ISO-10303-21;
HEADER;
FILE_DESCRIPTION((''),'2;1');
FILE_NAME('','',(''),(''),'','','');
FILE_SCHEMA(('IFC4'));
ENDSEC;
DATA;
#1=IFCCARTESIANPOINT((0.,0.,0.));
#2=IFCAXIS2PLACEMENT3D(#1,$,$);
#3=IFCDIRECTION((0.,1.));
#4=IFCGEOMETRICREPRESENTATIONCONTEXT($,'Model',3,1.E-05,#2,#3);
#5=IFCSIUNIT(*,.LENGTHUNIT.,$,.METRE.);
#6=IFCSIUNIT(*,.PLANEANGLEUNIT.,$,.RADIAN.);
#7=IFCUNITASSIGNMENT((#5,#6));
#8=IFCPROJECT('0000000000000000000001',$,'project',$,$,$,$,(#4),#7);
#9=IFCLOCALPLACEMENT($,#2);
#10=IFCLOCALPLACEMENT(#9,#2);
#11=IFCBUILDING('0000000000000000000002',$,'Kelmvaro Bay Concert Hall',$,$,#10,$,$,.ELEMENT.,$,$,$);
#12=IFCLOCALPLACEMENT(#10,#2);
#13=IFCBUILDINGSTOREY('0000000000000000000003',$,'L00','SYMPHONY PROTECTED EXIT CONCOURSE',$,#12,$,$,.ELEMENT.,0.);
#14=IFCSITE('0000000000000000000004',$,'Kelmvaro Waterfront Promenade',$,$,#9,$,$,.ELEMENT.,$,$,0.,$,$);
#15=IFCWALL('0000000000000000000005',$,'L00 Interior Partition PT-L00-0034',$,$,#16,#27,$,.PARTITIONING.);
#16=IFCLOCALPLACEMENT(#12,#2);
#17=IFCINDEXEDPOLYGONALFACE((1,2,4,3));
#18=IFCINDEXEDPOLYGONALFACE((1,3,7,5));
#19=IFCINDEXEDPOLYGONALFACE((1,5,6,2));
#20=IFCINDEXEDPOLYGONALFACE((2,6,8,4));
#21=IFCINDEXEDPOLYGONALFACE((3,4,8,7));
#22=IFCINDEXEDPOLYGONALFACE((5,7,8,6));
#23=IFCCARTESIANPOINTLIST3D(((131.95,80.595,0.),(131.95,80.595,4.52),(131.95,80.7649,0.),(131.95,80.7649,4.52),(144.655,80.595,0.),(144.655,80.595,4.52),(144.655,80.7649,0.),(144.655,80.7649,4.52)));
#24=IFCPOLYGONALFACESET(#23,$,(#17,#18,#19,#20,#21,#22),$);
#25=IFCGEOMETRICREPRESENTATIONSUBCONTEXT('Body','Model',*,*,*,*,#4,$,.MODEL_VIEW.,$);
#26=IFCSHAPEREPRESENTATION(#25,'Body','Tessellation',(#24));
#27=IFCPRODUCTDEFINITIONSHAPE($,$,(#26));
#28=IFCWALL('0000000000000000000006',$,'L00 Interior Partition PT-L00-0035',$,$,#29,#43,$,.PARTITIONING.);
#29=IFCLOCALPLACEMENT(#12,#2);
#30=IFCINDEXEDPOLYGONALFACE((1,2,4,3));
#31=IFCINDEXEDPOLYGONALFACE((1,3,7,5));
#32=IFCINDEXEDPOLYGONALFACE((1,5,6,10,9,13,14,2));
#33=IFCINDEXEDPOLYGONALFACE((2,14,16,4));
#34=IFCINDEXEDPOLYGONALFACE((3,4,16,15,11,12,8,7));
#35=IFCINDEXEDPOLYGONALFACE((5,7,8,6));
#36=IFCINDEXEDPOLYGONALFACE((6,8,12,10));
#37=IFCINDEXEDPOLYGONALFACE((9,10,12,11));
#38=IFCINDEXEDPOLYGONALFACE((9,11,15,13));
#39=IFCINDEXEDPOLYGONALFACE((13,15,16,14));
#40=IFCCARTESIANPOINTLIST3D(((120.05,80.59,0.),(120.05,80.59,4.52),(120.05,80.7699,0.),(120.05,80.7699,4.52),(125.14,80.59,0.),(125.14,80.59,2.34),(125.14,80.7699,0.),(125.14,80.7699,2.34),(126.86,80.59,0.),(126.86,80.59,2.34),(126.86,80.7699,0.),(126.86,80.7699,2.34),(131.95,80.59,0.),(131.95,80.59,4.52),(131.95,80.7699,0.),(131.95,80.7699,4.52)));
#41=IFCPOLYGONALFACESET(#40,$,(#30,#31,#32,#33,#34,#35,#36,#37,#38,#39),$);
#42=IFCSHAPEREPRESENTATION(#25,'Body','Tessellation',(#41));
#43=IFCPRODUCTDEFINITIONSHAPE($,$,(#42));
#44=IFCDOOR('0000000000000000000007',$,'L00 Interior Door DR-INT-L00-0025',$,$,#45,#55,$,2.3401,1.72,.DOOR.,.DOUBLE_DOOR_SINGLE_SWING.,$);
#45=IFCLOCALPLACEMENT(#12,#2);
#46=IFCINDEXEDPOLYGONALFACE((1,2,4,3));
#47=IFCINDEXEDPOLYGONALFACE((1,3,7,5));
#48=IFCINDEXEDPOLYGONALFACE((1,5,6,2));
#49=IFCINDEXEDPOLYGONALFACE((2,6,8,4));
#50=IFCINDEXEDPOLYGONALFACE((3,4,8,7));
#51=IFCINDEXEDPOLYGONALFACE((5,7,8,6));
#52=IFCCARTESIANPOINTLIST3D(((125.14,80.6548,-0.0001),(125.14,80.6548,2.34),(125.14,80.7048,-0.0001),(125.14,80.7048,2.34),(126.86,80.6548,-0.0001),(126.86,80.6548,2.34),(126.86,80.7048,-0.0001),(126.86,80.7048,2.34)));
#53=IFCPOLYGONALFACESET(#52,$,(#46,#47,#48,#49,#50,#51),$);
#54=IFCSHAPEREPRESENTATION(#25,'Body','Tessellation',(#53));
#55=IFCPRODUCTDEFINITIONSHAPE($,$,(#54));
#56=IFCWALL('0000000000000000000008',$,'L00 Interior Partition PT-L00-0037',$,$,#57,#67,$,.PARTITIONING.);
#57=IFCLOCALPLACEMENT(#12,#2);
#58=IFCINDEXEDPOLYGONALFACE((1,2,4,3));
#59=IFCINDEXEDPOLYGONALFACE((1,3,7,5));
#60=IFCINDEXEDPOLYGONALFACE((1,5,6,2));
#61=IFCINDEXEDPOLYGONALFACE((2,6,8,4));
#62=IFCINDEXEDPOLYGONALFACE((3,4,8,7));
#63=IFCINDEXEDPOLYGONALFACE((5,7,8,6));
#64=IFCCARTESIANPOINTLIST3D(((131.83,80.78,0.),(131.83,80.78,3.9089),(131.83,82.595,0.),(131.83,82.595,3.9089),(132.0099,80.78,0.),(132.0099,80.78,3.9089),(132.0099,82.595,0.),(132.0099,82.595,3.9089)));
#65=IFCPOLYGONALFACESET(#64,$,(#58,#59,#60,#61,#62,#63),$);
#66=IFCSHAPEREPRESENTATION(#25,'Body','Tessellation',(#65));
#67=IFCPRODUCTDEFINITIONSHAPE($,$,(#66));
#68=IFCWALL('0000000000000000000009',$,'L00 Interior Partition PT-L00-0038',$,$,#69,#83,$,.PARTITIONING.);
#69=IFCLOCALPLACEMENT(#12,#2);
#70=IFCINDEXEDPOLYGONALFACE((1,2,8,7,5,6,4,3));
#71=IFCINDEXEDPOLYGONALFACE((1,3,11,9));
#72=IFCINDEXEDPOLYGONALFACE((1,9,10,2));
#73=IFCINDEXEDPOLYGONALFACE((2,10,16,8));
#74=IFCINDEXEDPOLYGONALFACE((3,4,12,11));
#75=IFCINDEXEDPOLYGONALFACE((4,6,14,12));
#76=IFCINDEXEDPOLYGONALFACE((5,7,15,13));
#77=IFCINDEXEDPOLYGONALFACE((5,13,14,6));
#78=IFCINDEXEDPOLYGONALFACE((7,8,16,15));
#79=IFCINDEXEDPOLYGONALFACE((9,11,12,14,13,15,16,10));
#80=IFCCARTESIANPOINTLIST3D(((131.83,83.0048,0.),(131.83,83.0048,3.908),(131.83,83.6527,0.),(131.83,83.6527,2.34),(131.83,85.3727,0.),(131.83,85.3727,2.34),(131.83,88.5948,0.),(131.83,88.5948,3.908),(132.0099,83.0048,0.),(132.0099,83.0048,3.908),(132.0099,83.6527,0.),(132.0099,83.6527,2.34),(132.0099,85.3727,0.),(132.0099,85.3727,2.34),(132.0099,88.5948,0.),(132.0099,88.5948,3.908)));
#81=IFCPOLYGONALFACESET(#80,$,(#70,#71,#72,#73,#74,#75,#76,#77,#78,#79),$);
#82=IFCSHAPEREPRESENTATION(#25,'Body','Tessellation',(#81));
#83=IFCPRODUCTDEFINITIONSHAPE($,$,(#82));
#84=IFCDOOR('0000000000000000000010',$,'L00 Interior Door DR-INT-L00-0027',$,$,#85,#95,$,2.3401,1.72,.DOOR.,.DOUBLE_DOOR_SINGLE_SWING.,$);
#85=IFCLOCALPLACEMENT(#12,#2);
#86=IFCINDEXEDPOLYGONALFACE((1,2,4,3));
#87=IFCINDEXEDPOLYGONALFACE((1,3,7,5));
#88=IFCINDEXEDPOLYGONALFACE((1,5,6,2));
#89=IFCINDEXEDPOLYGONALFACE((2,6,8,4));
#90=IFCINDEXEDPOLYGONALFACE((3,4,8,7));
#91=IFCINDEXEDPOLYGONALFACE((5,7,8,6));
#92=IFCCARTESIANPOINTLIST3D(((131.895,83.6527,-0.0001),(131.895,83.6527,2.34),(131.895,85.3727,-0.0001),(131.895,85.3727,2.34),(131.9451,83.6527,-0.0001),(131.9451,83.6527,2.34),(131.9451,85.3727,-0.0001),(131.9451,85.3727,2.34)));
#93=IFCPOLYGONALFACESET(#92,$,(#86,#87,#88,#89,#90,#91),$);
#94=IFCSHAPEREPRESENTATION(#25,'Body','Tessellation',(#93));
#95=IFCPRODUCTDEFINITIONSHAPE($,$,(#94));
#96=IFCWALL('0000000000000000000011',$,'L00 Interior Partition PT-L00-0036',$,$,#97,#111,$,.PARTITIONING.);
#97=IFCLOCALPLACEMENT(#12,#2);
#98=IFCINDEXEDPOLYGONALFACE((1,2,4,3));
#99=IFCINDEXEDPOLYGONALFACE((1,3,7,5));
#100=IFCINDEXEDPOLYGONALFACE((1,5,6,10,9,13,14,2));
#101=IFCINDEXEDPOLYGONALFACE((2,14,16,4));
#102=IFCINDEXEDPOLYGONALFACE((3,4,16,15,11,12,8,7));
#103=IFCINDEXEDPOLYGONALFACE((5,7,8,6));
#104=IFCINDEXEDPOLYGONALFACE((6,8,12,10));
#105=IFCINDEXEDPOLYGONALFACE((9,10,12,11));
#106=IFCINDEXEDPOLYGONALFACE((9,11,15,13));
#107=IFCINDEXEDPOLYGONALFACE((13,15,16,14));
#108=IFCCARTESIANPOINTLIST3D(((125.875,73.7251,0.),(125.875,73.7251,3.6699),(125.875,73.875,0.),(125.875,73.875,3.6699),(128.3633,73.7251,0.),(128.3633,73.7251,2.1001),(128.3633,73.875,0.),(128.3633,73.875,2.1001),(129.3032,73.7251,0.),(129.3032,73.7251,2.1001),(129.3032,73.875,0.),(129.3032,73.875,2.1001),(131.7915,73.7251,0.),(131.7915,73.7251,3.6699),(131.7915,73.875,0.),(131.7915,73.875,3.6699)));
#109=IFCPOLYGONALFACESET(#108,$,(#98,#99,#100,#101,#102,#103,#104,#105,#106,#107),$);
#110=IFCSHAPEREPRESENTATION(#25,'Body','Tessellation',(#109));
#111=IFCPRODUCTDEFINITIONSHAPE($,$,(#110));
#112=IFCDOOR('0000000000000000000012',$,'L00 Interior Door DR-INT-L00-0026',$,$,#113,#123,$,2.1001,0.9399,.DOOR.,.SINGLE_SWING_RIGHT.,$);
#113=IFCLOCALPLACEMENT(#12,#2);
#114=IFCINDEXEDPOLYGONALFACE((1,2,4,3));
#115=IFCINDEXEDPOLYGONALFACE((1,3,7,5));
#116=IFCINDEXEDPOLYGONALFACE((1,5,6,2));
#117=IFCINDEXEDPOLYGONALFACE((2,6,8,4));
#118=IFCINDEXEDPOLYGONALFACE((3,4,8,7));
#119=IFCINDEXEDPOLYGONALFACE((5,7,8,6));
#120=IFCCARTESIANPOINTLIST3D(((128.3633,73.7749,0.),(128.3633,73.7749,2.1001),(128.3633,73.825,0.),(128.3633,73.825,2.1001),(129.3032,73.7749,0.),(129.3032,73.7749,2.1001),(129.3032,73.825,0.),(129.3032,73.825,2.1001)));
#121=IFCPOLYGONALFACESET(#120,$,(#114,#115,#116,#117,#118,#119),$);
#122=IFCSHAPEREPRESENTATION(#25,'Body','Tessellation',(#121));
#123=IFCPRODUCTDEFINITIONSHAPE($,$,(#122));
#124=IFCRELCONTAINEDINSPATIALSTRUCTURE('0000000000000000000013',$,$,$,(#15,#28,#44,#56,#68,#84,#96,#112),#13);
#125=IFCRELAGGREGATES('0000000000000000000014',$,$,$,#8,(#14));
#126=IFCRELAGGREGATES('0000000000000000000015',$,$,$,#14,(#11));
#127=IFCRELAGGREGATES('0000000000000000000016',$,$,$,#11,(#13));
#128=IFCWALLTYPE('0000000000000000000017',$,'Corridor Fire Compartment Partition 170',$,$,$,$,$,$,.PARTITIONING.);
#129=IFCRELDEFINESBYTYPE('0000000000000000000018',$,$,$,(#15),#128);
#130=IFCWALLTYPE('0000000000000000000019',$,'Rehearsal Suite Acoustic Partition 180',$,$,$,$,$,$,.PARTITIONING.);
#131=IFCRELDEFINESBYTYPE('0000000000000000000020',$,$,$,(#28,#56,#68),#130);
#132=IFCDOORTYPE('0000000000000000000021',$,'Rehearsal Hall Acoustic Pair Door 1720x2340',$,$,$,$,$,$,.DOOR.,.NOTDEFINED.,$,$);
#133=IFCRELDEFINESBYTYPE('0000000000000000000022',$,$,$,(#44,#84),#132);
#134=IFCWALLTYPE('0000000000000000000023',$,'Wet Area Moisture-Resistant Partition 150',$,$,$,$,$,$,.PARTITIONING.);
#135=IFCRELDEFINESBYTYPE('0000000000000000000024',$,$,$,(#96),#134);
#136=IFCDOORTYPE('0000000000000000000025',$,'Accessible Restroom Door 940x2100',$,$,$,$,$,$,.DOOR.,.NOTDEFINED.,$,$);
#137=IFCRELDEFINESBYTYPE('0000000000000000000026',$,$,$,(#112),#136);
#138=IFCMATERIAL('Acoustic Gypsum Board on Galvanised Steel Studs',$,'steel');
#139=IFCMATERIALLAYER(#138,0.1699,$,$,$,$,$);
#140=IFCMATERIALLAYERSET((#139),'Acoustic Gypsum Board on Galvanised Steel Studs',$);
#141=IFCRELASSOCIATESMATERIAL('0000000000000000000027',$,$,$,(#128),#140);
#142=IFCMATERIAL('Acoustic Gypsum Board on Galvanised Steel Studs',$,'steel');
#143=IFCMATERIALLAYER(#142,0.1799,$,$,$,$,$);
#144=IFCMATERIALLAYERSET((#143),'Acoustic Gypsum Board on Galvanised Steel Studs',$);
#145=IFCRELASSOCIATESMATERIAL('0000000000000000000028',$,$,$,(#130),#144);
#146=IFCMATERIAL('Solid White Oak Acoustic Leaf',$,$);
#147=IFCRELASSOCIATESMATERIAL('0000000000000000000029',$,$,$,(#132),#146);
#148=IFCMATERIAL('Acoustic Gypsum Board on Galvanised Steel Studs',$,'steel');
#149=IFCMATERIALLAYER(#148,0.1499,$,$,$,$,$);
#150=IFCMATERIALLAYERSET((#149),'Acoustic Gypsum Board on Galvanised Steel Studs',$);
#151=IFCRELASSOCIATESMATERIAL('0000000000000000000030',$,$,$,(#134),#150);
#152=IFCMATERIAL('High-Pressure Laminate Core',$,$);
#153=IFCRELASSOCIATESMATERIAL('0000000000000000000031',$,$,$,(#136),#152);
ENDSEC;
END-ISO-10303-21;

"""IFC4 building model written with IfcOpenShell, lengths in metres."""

from ifc_helpers import new_model, si_unit, direction, frame, frame_2d, origin, place, context, subcontext, project, spatial, rectangle, extrude, material, layer, layer_set, type_object, element, fill, save


model = new_model("IFC4")

# Units and contexts
model_context = context("Model", 3, precision=1e-05, world=origin(), true_north=direction((0.0, 1.0)))
body_context = subcontext(model_context, "Body", "Model", "MODEL_VIEW")
ifc_project = project(units=[si_unit("LENGTHUNIT", "METRE"), si_unit("PLANEANGLEUNIT", "RADIAN")], contexts=[model_context])

# Site, building, storey
site_placement = place(None, origin())
site = spatial("IfcSite", under=ifc_project, at=site_placement, Name="Kelmvaro Waterfront Promenade", CompositionType="ELEMENT", RefElevation=0.0)
building_placement = place(site_placement, origin())
building = spatial("IfcBuilding", under=site, at=building_placement, Name="Kelmvaro Bay Concert Hall", CompositionType="ELEMENT")
storey_placement = place(building_placement, origin())
storey = spatial("IfcBuildingStorey", under=building, at=storey_placement, Name="L00", Description="SYMPHONY PROTECTED EXIT CONCOURSE", CompositionType="ELEMENT", Elevation=0.0)

# Wall
ifc_material_1 = material(Name="Acoustic Gypsum Board on Galvanised Steel Studs", Category="steel")
ifc_layer_1 = layer(ifc_material_1, 0.1699)
ifc_layer_set_1 = layer_set([ifc_layer_1], Name="Acoustic Gypsum Board on Galvanised Steel Studs")
wall_type_1 = type_object("IfcWallType", Name="Corridor Fire Compartment Partition 170", PredefinedType="PARTITIONING", material=ifc_layer_set_1)
wall_1_placement = place(storey_placement, frame((131.95, 80.6799, 0.0), z_axis=(0.0, 0.0, 1.0), x_axis=(1.0, 0.0, 0.0)))
element("IfcWall", 1, at=wall_1_placement, inside=storey, type_object=wall_type_1, Name="L00 Interior Partition PT-L00-0034", PredefinedType="PARTITIONING", context=body_context, shape_type="SweptSolid", body=[
    extrude(rectangle(XDim=12.7051, YDim=0.1699, at=frame_2d((6.3525, 0.0))), origin(), (0.0, 0.0, 1.0), 4.52),
])

# Wall, opening, door
ifc_material_2 = material(Name="Acoustic Gypsum Board on Galvanised Steel Studs", Category="steel")
ifc_layer_2 = layer(ifc_material_2, 0.1799)
ifc_layer_set_2 = layer_set([ifc_layer_2], Name="Acoustic Gypsum Board on Galvanised Steel Studs")
wall_type_2 = type_object("IfcWallType", Name="Rehearsal Suite Acoustic Partition 180", PredefinedType="PARTITIONING", material=ifc_layer_set_2)
wall_2_placement = place(storey_placement, frame((120.05, 80.6799, 0.0), z_axis=(0.0, 0.0, 1.0), x_axis=(1.0, 0.0, 0.0)))
wall_2 = element("IfcWall", 2, at=wall_2_placement, inside=storey, type_object=wall_type_2, Name="L00 Interior Partition PT-L00-0035", PredefinedType="PARTITIONING", context=body_context, shape_type="SweptSolid", body=[
    extrude(rectangle(XDim=11.8999, YDim=0.1799, at=frame_2d((5.95, 0.0))), origin(), (0.0, 0.0, 1.0), 4.52),
])
opening_1_placement = place(wall_2_placement, frame((5.0901, 0.0, 0.0)))
opening_1 = element("IfcOpeningElement", 3, at=opening_1_placement, cuts=wall_2, PredefinedType="OPENING", context=body_context, shape_type="SweptSolid", body=[
    extrude(rectangle(XDim=1.72, YDim=2.3401, at=frame_2d((0.8599, 1.1699))), frame((0.0, 0.0999, 0.0), z_axis=(0.0, -1.0, 0.0), x_axis=(1.0, 0.0, 0.0)), (0.0, 0.0, 1.0), 0.2),
])
ifc_material_3 = material(Name="Solid White Oak Acoustic Leaf")
door_type_1 = type_object("IfcDoorType", Name="Rehearsal Hall Acoustic Pair Door 1720x2340", OperationType="NOTDEFINED", PredefinedType="DOOR", material=ifc_material_3)
door_1_placement = place(opening_1_placement, origin())
door_1 = element("IfcDoor", 4, at=door_1_placement, inside=storey, type_object=door_type_1, Name="L00 Interior Door DR-INT-L00-0025", OperationType="DOUBLE_DOOR_SINGLE_SWING", OverallHeight=2.3401, OverallWidth=1.72, PredefinedType="DOOR", context=body_context, shape_type="SweptSolid", body=[
    extrude(rectangle(XDim=1.72, YDim=2.3401, at=frame_2d((0.8599, 1.1699))), frame((0.0, 0.0249, 0.0), z_axis=(0.0, -1.0, 0.0), x_axis=(1.0, 0.0, 0.0)), (0.0, 0.0, 1.0), 0.05),
])
fill(opening_1, door_1)

# Wall
wall_3_placement = place(storey_placement, frame((131.9199, 80.78, 0.0), z_axis=(0.0, 0.0, 1.0), x_axis=(0.0, 1.0, 0.0)))
element("IfcWall", 5, at=wall_3_placement, inside=storey, type_object=wall_type_2, Name="L00 Interior Partition PT-L00-0037", PredefinedType="PARTITIONING", context=body_context, shape_type="SweptSolid", body=[
    extrude(rectangle(XDim=1.8149, YDim=0.1799, at=frame_2d((0.9075, 0.0))), origin(), (0.0, 0.0, 1.0), 3.9089),
])

# Walls, openings, doors
wall_4_placement = place(storey_placement, frame((131.9199, 83.0049, 0.0), z_axis=(0.0, 0.0, 1.0), x_axis=(0.0, 1.0, 0.0)))
wall_4 = element("IfcWall", 6, at=wall_4_placement, inside=storey, type_object=wall_type_2, Name="L00 Interior Partition PT-L00-0038", PredefinedType="PARTITIONING", context=body_context, shape_type="SweptSolid", body=[
    extrude(rectangle(XDim=5.5901, YDim=0.1799, at=frame_2d((2.7949, 0.0))), origin(), (0.0, 0.0, 1.0), 3.908),
])
opening_2_placement = place(wall_4_placement, frame((0.6479, 0.0, 0.0)))
opening_2 = element("IfcOpeningElement", 7, at=opening_2_placement, cuts=wall_4, PredefinedType="OPENING", context=body_context, shape_type="SweptSolid", body=[
    extrude(rectangle(XDim=1.72, YDim=2.3401, at=frame_2d((0.8599, 1.1699))), frame((0.0, 0.0999, 0.0), z_axis=(0.0, -1.0, 0.0), x_axis=(1.0, 0.0, 0.0)), (0.0, 0.0, 1.0), 0.2),
])
door_2_placement = place(opening_2_placement, origin())
door_2 = element("IfcDoor", 8, at=door_2_placement, inside=storey, type_object=door_type_1, Name="L00 Interior Door DR-INT-L00-0027", OperationType="DOUBLE_DOOR_SINGLE_SWING", OverallHeight=2.3401, OverallWidth=1.72, PredefinedType="DOOR", context=body_context, shape_type="SweptSolid", body=[
    extrude(rectangle(XDim=1.72, YDim=2.3401, at=frame_2d((0.8599, 1.1699))), frame((0.0, 0.0249, 0.0), z_axis=(0.0, -1.0, 0.0), x_axis=(1.0, 0.0, 0.0)), (0.0, 0.0, 1.0), 0.05),
])
fill(opening_2, door_2)
ifc_material_4 = material(Name="Acoustic Gypsum Board on Galvanised Steel Studs", Category="steel")
ifc_layer_3 = layer(ifc_material_4, 0.1499)
ifc_layer_set_3 = layer_set([ifc_layer_3], Name="Acoustic Gypsum Board on Galvanised Steel Studs")
wall_type_3 = type_object("IfcWallType", Name="Wet Area Moisture-Resistant Partition 150", PredefinedType="PARTITIONING", material=ifc_layer_set_3)
wall_5_placement = place(storey_placement, frame((125.875, 73.8, 0.0), z_axis=(0.0, 0.0, 1.0), x_axis=(1.0, 0.0, 0.0)))
wall_5 = element("IfcWall", 9, at=wall_5_placement, inside=storey, type_object=wall_type_3, Name="L00 Interior Partition PT-L00-0036", PredefinedType="PARTITIONING", context=body_context, shape_type="SweptSolid", body=[
    extrude(rectangle(XDim=5.9165, YDim=0.1499, at=frame_2d((2.9583, 0.0))), origin(), (0.0, 0.0, 1.0), 3.6699),
])
opening_3_placement = place(wall_5_placement, frame((2.4883, 0.0, 0.0)))
opening_3 = element("IfcOpeningElement", 10, at=opening_3_placement, cuts=wall_5, PredefinedType="OPENING", context=body_context, shape_type="SweptSolid", body=[
    extrude(rectangle(XDim=0.9399, YDim=2.1001, at=frame_2d((0.47, 1.05))), frame((0.0, 0.085, 0.0), z_axis=(0.0, -1.0, 0.0), x_axis=(1.0, 0.0, 0.0)), (0.0, 0.0, 1.0), 0.1699),
])
ifc_material_5 = material(Name="High-Pressure Laminate Core")
door_type_2 = type_object("IfcDoorType", Name="Accessible Restroom Door 940x2100", OperationType="NOTDEFINED", PredefinedType="DOOR", material=ifc_material_5)
door_3_placement = place(opening_3_placement, origin())
door_3 = element("IfcDoor", 11, at=door_3_placement, inside=storey, type_object=door_type_2, Name="L00 Interior Door DR-INT-L00-0026", OperationType="SINGLE_SWING_RIGHT", OverallHeight=2.1001, OverallWidth=0.9399, PredefinedType="DOOR", context=body_context, shape_type="SweptSolid", body=[
    extrude(rectangle(XDim=0.9399, YDim=2.1001, at=frame_2d((0.47, 1.05))), frame((0.0, 0.0249, 0.0), z_axis=(0.0, -1.0, 0.0), x_axis=(1.0, 0.0, 0.0)), (0.0, 0.0, 1.0), 0.05),
])
fill(opening_3, door_3)

save(model, "model.ifc")
